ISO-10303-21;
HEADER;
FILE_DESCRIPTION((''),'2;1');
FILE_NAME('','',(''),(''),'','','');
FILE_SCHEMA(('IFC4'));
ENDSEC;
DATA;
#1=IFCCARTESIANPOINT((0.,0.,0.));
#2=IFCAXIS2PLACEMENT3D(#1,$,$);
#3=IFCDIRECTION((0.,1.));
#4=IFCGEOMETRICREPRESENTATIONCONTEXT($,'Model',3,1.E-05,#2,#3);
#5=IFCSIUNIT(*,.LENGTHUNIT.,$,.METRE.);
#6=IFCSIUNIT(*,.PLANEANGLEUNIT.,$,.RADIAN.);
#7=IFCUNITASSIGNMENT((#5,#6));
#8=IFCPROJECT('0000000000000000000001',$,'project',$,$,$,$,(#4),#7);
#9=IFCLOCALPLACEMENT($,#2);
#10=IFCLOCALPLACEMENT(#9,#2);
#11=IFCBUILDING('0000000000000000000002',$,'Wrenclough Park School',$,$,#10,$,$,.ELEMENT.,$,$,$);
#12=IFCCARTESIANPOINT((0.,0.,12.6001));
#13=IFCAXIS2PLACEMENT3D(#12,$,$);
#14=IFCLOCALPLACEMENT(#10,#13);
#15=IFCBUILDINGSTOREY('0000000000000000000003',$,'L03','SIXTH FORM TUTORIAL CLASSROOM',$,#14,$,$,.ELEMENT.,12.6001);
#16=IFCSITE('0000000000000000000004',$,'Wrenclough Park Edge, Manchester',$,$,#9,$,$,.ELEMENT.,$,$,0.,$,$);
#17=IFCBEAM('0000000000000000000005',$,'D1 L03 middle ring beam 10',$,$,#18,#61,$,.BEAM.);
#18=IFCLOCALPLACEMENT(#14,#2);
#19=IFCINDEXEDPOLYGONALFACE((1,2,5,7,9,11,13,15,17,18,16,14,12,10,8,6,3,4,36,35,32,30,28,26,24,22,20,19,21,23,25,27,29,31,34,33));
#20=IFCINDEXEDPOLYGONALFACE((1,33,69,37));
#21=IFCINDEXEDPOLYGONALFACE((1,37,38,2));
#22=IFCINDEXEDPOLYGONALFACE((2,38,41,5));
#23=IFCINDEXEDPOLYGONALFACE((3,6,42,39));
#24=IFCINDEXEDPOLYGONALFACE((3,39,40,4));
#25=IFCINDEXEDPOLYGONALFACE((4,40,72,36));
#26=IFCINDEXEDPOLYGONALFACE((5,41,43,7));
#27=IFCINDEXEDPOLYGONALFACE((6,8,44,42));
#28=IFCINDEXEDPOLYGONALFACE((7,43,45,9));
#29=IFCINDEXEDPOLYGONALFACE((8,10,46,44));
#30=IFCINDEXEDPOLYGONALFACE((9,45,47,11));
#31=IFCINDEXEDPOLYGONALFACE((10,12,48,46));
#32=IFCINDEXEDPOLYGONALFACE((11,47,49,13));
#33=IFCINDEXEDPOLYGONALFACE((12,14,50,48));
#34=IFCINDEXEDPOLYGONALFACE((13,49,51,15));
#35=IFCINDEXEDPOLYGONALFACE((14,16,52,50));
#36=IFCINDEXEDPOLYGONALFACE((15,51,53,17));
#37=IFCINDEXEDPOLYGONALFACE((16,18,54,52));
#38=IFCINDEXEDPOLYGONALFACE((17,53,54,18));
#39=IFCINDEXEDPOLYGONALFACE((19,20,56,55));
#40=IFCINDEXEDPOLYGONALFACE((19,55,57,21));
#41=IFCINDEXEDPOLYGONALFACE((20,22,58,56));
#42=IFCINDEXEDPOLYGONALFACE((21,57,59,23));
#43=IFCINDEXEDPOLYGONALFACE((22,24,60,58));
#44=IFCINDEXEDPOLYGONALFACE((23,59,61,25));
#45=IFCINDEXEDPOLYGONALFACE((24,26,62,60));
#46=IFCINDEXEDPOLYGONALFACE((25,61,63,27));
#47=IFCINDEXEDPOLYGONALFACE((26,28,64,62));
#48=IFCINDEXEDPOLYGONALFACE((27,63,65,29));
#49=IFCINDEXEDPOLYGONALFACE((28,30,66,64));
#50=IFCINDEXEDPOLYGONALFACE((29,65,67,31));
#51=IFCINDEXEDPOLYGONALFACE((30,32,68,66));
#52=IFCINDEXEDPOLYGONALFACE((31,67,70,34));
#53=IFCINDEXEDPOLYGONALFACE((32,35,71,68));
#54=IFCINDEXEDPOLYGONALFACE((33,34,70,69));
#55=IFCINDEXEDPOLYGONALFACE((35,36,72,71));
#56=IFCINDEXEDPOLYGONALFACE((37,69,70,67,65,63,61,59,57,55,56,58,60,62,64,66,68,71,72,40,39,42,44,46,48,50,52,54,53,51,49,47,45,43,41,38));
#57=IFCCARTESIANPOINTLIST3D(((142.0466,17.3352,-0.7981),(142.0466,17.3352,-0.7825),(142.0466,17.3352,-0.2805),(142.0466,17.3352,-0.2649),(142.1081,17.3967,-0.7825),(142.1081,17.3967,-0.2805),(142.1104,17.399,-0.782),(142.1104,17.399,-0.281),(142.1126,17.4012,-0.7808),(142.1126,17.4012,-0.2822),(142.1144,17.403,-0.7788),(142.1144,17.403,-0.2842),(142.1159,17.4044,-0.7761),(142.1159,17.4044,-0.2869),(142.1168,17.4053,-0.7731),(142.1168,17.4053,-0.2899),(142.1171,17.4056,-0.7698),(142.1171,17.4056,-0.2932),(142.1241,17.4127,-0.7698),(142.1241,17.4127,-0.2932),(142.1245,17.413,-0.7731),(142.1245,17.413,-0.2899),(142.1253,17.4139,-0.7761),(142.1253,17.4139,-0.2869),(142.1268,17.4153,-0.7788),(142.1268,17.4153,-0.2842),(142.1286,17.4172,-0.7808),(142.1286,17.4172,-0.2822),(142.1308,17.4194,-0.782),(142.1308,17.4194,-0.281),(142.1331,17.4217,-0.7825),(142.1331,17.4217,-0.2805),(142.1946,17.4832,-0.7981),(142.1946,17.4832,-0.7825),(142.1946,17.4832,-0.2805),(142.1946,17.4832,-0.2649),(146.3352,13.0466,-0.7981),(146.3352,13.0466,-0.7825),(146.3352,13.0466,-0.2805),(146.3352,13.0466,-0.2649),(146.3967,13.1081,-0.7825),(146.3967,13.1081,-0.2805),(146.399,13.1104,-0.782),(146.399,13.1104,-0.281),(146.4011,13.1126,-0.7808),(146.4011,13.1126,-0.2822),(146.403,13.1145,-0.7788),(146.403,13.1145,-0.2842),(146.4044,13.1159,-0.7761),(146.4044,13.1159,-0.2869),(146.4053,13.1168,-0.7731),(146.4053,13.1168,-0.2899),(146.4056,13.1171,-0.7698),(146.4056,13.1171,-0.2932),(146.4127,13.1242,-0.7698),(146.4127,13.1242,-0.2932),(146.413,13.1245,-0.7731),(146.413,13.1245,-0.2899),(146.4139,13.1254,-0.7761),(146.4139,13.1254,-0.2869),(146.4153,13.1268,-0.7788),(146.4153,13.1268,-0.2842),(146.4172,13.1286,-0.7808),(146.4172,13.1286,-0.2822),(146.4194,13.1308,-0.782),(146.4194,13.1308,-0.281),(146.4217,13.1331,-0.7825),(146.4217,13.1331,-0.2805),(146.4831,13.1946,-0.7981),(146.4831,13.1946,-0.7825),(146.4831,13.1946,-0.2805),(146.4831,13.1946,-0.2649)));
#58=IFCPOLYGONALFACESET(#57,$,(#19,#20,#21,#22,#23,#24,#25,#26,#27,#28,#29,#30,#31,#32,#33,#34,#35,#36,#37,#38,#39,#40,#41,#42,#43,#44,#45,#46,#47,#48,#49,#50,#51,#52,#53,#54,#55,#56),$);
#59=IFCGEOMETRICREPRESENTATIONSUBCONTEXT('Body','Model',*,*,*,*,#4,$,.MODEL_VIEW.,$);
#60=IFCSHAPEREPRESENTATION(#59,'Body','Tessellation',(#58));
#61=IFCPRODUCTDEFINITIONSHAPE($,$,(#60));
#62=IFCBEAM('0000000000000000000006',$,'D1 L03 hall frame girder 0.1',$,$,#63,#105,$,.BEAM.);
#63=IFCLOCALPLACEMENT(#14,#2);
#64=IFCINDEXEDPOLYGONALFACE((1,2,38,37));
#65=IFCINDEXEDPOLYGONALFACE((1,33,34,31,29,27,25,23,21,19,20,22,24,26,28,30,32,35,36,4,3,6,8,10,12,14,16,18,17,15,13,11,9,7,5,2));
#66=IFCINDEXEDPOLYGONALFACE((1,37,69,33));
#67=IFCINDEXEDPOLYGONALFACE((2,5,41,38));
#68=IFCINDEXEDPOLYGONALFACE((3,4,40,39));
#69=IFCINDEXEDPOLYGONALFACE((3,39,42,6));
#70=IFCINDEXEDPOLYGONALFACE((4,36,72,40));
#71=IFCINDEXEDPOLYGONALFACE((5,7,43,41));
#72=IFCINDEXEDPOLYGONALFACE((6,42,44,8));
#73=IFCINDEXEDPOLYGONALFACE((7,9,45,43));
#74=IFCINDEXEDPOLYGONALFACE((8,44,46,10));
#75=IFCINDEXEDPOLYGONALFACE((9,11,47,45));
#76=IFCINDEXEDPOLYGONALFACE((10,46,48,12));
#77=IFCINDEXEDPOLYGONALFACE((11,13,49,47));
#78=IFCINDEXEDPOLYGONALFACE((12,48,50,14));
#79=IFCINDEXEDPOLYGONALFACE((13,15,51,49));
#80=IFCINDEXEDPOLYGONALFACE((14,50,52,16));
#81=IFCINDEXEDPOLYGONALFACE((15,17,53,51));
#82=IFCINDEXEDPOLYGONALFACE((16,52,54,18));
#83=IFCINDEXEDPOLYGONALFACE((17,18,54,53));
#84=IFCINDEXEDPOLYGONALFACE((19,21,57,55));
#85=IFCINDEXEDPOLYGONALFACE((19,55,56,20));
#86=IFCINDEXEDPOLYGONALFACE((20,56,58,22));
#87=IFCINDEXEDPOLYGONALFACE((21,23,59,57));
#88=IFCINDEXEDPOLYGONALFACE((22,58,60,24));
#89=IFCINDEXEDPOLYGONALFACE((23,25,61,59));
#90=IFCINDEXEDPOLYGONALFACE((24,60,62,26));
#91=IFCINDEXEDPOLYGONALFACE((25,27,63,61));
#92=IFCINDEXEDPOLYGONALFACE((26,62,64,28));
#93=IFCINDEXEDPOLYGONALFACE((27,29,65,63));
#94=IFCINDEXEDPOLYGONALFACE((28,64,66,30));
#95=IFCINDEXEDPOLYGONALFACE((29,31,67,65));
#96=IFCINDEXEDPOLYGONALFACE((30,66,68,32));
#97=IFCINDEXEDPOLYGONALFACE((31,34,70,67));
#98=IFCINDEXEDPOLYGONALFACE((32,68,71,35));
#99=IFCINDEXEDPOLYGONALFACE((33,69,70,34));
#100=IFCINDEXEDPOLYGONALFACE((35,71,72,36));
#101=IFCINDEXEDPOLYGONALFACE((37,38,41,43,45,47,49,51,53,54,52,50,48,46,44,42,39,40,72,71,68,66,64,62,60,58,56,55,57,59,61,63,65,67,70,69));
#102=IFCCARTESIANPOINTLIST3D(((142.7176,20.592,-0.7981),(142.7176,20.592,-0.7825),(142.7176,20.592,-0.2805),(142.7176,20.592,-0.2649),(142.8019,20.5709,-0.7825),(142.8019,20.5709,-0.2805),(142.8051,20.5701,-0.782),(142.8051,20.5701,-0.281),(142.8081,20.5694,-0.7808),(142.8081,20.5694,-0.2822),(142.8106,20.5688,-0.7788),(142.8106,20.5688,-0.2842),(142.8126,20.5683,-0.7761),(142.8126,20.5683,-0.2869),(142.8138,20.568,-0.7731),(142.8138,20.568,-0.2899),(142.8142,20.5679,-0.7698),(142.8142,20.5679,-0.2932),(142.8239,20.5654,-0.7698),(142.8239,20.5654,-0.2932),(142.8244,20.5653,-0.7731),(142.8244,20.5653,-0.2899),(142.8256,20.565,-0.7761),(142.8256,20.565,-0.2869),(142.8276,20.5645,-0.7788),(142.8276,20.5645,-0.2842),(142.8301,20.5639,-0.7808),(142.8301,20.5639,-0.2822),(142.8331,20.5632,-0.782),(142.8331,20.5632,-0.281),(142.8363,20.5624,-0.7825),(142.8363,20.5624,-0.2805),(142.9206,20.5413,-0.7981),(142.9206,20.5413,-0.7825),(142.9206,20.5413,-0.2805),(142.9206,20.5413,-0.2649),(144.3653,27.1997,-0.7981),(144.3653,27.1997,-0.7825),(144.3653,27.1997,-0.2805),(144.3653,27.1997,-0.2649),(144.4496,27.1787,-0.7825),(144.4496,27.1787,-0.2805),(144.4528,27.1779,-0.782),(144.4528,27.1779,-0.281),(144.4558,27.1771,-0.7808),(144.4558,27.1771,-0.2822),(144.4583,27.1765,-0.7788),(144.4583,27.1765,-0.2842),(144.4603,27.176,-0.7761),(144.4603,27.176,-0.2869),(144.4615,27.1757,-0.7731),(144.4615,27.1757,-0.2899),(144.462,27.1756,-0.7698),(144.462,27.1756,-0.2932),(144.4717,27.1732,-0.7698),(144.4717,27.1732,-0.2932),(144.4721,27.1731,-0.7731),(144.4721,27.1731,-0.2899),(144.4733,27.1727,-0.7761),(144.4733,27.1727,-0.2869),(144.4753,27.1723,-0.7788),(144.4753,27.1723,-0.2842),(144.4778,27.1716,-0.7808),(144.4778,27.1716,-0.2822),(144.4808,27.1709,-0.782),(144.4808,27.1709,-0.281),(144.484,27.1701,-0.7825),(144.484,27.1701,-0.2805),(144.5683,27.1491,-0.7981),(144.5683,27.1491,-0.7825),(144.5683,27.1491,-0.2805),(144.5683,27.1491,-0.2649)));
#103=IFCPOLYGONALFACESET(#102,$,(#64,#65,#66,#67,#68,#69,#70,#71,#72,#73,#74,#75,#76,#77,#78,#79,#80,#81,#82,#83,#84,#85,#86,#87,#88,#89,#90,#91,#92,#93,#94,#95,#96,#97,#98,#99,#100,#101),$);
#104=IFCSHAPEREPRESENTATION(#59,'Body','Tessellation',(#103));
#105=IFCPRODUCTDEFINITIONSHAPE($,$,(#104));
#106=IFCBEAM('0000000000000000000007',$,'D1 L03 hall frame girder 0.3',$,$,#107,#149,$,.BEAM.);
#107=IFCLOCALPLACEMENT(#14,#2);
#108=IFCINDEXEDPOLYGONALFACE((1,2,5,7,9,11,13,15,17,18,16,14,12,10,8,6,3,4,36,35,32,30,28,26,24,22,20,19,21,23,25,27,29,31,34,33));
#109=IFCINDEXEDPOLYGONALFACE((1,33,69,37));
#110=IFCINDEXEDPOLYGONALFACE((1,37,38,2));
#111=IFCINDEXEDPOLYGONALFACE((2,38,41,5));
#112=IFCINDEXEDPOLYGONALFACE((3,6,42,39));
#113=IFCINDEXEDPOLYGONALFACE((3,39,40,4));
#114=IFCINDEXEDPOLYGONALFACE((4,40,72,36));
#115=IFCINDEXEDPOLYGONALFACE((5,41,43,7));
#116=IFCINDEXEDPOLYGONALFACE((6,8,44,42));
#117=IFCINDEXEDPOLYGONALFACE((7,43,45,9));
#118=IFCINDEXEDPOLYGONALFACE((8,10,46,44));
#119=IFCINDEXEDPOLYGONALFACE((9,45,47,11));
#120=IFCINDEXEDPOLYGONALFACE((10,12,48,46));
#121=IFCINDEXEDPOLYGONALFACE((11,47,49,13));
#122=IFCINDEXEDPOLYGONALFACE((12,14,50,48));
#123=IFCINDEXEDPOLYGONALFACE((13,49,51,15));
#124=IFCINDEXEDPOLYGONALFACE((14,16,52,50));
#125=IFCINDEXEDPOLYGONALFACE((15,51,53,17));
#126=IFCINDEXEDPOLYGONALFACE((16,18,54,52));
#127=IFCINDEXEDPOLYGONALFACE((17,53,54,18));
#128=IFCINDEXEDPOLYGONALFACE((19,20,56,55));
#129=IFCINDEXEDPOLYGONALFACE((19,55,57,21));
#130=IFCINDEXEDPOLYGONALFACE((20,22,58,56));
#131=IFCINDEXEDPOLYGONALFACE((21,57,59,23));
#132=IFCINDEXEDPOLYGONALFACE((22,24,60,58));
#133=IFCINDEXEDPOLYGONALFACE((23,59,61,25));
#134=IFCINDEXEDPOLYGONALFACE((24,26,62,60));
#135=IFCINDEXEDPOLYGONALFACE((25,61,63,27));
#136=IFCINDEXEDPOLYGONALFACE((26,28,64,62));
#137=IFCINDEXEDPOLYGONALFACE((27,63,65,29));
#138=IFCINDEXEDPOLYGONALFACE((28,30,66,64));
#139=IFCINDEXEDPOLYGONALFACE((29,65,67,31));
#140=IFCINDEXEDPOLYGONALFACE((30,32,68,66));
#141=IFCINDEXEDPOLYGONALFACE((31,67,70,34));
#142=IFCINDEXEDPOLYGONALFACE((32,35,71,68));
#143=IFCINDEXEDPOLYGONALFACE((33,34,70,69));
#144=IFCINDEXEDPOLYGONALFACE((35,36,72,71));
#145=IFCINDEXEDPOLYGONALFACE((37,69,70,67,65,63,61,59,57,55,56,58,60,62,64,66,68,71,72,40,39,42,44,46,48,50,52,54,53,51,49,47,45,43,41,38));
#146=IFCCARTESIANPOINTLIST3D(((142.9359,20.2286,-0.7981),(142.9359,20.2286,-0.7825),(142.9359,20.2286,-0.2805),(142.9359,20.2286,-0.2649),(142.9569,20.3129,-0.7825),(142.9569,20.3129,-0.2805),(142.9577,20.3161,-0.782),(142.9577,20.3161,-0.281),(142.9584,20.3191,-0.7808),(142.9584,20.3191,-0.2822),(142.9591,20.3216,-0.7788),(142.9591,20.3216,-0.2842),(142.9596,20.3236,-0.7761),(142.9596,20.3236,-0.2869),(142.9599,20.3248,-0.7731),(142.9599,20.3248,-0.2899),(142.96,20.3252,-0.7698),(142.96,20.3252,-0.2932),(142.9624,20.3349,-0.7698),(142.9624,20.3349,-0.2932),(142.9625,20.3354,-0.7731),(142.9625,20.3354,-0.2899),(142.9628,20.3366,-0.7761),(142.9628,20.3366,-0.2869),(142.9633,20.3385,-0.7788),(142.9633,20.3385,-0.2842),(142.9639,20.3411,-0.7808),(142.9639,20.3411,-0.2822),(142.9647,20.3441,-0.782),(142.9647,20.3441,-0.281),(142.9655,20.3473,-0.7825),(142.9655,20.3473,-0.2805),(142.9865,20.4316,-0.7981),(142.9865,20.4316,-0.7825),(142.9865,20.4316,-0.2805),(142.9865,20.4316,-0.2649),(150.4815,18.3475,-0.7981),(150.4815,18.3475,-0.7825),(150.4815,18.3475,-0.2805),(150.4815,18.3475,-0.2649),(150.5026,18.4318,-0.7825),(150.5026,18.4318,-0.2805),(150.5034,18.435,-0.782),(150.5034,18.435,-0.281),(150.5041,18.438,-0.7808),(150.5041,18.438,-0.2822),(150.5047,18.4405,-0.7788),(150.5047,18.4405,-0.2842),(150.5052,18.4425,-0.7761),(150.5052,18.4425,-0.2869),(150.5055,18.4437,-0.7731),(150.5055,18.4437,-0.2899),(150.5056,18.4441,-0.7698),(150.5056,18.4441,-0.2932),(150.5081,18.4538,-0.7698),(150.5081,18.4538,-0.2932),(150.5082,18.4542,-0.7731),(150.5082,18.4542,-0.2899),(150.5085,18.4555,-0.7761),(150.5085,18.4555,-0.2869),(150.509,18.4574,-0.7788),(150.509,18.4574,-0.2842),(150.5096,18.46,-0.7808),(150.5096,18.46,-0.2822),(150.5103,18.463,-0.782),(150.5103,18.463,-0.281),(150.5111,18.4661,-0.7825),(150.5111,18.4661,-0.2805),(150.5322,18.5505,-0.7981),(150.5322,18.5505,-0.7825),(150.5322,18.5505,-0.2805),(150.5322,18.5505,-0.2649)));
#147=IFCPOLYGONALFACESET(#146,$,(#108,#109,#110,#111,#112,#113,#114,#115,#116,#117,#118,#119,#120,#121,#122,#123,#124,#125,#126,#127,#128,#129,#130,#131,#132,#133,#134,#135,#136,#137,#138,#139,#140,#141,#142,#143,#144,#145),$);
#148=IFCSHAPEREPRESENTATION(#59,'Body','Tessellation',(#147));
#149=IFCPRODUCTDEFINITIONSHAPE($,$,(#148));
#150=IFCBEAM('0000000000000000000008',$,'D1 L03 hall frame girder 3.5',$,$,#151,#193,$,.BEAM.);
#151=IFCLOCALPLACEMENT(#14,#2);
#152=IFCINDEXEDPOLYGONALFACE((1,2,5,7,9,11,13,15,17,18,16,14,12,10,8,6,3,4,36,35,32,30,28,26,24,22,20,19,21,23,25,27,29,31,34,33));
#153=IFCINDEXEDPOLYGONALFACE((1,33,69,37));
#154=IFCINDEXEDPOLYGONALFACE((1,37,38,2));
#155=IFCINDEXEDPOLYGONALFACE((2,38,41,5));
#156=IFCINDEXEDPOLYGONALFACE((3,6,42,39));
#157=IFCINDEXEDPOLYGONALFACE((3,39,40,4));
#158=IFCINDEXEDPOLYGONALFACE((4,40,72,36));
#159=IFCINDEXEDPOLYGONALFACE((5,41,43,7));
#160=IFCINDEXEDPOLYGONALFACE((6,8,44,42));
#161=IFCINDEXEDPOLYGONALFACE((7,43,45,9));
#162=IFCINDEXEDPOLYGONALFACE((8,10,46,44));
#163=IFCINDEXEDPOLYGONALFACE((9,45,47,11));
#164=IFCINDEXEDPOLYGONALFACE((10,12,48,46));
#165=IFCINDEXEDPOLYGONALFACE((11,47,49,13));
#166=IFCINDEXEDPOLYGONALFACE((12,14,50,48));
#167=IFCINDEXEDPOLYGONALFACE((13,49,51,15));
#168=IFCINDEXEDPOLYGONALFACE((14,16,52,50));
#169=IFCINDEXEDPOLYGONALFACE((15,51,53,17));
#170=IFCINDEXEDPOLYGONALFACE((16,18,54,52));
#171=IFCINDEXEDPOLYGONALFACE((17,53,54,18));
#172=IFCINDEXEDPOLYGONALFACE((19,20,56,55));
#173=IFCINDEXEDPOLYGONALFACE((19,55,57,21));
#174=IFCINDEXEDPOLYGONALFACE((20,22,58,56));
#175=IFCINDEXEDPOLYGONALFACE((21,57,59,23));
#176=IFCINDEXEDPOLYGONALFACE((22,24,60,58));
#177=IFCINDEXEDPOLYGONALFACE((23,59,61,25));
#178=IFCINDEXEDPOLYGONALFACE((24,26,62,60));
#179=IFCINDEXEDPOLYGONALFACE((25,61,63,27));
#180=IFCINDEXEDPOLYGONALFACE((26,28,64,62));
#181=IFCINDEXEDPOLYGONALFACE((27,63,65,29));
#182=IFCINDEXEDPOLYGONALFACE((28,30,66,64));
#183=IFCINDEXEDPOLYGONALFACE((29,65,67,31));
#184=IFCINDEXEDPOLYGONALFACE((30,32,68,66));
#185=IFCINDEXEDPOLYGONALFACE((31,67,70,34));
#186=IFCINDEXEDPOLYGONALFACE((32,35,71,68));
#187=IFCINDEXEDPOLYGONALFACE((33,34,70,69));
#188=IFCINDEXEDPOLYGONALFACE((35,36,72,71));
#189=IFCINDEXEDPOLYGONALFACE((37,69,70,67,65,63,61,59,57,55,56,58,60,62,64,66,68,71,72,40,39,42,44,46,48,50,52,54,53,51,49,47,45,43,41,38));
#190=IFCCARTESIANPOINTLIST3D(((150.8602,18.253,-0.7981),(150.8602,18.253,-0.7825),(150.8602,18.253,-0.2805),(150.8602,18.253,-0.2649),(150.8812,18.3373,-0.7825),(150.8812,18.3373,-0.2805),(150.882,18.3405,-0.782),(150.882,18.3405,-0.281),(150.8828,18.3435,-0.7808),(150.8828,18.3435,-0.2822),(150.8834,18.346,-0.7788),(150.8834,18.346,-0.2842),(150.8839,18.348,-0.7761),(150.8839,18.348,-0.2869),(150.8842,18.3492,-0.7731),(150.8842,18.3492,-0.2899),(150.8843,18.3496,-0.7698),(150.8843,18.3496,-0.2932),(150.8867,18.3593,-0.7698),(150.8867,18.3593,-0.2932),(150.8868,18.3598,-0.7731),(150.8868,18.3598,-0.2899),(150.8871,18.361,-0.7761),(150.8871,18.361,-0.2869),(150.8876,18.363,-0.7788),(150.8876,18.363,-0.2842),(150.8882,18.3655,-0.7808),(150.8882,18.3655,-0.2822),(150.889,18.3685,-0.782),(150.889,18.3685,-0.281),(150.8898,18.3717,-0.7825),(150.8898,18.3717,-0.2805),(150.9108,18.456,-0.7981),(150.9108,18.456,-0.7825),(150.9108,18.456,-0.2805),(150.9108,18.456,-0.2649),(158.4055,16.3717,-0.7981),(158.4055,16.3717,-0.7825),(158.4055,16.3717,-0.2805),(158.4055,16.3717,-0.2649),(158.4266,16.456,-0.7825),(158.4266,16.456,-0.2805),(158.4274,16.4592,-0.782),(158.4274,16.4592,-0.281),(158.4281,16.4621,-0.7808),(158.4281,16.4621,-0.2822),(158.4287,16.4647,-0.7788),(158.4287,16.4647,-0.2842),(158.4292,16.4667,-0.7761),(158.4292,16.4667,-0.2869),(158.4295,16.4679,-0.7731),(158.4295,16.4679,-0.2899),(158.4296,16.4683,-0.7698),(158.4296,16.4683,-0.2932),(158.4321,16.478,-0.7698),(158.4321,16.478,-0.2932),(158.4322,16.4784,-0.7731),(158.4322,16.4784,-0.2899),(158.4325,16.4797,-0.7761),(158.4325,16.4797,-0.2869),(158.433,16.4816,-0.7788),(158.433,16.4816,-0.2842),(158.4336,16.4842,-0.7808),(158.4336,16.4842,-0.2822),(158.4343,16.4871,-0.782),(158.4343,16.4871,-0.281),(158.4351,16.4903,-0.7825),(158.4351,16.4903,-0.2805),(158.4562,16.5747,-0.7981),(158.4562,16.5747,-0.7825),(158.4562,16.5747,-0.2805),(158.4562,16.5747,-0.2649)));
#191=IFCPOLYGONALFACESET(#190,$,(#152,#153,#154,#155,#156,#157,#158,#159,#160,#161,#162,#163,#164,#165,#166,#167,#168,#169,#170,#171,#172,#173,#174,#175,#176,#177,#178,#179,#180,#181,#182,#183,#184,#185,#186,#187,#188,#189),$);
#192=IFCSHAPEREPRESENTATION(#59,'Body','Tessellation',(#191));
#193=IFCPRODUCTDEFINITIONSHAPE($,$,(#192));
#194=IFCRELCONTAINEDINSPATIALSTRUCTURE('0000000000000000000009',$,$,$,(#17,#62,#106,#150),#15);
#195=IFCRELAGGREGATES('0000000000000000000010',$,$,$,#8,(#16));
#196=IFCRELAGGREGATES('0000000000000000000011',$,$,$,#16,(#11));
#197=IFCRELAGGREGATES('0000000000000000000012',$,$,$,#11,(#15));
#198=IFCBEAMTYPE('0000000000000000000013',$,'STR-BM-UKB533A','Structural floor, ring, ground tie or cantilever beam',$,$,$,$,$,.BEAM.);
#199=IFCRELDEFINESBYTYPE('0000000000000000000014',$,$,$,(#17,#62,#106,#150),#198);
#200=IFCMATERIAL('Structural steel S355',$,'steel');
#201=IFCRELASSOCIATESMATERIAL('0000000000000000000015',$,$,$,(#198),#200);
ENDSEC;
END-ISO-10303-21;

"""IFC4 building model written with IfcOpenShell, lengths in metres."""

from ifc_helpers import new_model, si_unit, direction, frame, origin, origin_2d, place, context, subcontext, project, spatial, i_section, extrude, material, material_profile, profile_set, type_object, element, save


model = new_model("IFC4")

# Units and contexts
model_context = context("Model", 3, precision=1e-05, world=origin(), true_north=direction((0.0, 1.0)))
body_context = subcontext(model_context, "Body", "Model", "MODEL_VIEW")
ifc_project = project(units=[si_unit("LENGTHUNIT", "METRE"), si_unit("PLANEANGLEUNIT", "RADIAN")], contexts=[model_context])

# Site, building, storey
site_placement = place(None, origin())
site = spatial("IfcSite", under=ifc_project, at=site_placement, Name="Wrenclough Park Edge, Manchester", CompositionType="ELEMENT", RefElevation=0.0)
building_placement = place(site_placement, origin())
building = spatial("IfcBuilding", under=site, at=building_placement, Name="Wrenclough Park School", CompositionType="ELEMENT")
storey_placement = place(building_placement, frame((0.0, 0.0, 12.6001)))
storey = spatial("IfcBuildingStorey", under=building, at=storey_placement, Name="L03", Description="SIXTH FORM TUTORIAL CLASSROOM", CompositionType="ELEMENT", Elevation=12.6001)

# Shared definitions
ifc_material_1 = material(Name="Structural steel S355", Category="steel")

# Beams
ifc_material_profile_1 = material_profile(ifc_material_1, i_section(OverallWidth=0.2092, OverallDepth=0.5332, WebThickness=0.01, FlangeThickness=0.0156, FilletRadius=0.0127, at=origin_2d()), Name="UKB 533x210x92")
ifc_profile_set_1 = profile_set([ifc_material_profile_1], Name="Structural steel S355")
beam_type_1 = type_object("IfcBeamType", Name="STR-BM-UKB533A", Description="Structural floor, ring, ground tie or cantilever beam", PredefinedType="BEAM", material=ifc_profile_set_1)
beam_1_placement = place(storey_placement, frame((142.1206, 17.4092, -0.5315), z_axis=(0.707107, -0.707107, 0.0), x_axis=(0.707107, 0.707107, 0.0)))
element("IfcBeam", 1, at=beam_1_placement, inside=storey, type_object=beam_type_1, Name="D1 L03 middle ring beam 10", PredefinedType="BEAM", context=body_context, shape_type="SweptSolid", body=[
    extrude(i_section(OverallWidth=0.2092, OverallDepth=0.5332, WebThickness=0.01, FlangeThickness=0.0156, FilletRadius=0.0127, at=origin_2d()), origin(), (0.0, 0.0, 1.0), 6.0649),
])
beam_2_placement = place(storey_placement, frame((142.8191, 20.5667, -0.5315), z_axis=(0.241954, 0.970288, 0.0), x_axis=(-0.970288, 0.241954, 0.0)))
element("IfcBeam", 2, at=beam_2_placement, inside=storey, type_object=beam_type_1, Name="D1 L03 hall frame girder 0.1", PredefinedType="BEAM", context=body_context, shape_type="SweptSolid", body=[
    extrude(i_section(OverallWidth=0.2092, OverallDepth=0.5332, WebThickness=0.01, FlangeThickness=0.0156, FilletRadius=0.0127, at=origin_2d()), origin(), (0.0, 0.0, 1.0), 6.8101),
])
beam_3_placement = place(storey_placement, frame((142.9612, 20.3301, -0.5315), z_axis=(0.970303, -0.241893, 0.0), x_axis=(0.241893, 0.970303, 0.0)))
element("IfcBeam", 3, at=beam_3_placement, inside=storey, type_object=beam_type_1, Name="D1 L03 hall frame girder 0.3", PredefinedType="BEAM", context=body_context, shape_type="SweptSolid", body=[
    extrude(i_section(OverallWidth=0.2092, OverallDepth=0.5332, WebThickness=0.01, FlangeThickness=0.0156, FilletRadius=0.0127, at=origin_2d()), origin(), (0.0, 0.0, 1.0), 7.7766),
])
beam_4_placement = place(storey_placement, frame((150.8855, 18.3545, -0.5315), z_axis=(0.970294, -0.24193, 0.0), x_axis=(0.24193, 0.970294, 0.0)))
element("IfcBeam", 4, at=beam_4_placement, inside=storey, type_object=beam_type_1, Name="D1 L03 hall frame girder 3.5", PredefinedType="BEAM", context=body_context, shape_type="SweptSolid", body=[
    extrude(i_section(OverallWidth=0.2092, OverallDepth=0.5332, WebThickness=0.01, FlangeThickness=0.0156, FilletRadius=0.0127, at=origin_2d()), origin(), (0.0, 0.0, 1.0), 7.7764),
])

save(model, "model.ifc")
